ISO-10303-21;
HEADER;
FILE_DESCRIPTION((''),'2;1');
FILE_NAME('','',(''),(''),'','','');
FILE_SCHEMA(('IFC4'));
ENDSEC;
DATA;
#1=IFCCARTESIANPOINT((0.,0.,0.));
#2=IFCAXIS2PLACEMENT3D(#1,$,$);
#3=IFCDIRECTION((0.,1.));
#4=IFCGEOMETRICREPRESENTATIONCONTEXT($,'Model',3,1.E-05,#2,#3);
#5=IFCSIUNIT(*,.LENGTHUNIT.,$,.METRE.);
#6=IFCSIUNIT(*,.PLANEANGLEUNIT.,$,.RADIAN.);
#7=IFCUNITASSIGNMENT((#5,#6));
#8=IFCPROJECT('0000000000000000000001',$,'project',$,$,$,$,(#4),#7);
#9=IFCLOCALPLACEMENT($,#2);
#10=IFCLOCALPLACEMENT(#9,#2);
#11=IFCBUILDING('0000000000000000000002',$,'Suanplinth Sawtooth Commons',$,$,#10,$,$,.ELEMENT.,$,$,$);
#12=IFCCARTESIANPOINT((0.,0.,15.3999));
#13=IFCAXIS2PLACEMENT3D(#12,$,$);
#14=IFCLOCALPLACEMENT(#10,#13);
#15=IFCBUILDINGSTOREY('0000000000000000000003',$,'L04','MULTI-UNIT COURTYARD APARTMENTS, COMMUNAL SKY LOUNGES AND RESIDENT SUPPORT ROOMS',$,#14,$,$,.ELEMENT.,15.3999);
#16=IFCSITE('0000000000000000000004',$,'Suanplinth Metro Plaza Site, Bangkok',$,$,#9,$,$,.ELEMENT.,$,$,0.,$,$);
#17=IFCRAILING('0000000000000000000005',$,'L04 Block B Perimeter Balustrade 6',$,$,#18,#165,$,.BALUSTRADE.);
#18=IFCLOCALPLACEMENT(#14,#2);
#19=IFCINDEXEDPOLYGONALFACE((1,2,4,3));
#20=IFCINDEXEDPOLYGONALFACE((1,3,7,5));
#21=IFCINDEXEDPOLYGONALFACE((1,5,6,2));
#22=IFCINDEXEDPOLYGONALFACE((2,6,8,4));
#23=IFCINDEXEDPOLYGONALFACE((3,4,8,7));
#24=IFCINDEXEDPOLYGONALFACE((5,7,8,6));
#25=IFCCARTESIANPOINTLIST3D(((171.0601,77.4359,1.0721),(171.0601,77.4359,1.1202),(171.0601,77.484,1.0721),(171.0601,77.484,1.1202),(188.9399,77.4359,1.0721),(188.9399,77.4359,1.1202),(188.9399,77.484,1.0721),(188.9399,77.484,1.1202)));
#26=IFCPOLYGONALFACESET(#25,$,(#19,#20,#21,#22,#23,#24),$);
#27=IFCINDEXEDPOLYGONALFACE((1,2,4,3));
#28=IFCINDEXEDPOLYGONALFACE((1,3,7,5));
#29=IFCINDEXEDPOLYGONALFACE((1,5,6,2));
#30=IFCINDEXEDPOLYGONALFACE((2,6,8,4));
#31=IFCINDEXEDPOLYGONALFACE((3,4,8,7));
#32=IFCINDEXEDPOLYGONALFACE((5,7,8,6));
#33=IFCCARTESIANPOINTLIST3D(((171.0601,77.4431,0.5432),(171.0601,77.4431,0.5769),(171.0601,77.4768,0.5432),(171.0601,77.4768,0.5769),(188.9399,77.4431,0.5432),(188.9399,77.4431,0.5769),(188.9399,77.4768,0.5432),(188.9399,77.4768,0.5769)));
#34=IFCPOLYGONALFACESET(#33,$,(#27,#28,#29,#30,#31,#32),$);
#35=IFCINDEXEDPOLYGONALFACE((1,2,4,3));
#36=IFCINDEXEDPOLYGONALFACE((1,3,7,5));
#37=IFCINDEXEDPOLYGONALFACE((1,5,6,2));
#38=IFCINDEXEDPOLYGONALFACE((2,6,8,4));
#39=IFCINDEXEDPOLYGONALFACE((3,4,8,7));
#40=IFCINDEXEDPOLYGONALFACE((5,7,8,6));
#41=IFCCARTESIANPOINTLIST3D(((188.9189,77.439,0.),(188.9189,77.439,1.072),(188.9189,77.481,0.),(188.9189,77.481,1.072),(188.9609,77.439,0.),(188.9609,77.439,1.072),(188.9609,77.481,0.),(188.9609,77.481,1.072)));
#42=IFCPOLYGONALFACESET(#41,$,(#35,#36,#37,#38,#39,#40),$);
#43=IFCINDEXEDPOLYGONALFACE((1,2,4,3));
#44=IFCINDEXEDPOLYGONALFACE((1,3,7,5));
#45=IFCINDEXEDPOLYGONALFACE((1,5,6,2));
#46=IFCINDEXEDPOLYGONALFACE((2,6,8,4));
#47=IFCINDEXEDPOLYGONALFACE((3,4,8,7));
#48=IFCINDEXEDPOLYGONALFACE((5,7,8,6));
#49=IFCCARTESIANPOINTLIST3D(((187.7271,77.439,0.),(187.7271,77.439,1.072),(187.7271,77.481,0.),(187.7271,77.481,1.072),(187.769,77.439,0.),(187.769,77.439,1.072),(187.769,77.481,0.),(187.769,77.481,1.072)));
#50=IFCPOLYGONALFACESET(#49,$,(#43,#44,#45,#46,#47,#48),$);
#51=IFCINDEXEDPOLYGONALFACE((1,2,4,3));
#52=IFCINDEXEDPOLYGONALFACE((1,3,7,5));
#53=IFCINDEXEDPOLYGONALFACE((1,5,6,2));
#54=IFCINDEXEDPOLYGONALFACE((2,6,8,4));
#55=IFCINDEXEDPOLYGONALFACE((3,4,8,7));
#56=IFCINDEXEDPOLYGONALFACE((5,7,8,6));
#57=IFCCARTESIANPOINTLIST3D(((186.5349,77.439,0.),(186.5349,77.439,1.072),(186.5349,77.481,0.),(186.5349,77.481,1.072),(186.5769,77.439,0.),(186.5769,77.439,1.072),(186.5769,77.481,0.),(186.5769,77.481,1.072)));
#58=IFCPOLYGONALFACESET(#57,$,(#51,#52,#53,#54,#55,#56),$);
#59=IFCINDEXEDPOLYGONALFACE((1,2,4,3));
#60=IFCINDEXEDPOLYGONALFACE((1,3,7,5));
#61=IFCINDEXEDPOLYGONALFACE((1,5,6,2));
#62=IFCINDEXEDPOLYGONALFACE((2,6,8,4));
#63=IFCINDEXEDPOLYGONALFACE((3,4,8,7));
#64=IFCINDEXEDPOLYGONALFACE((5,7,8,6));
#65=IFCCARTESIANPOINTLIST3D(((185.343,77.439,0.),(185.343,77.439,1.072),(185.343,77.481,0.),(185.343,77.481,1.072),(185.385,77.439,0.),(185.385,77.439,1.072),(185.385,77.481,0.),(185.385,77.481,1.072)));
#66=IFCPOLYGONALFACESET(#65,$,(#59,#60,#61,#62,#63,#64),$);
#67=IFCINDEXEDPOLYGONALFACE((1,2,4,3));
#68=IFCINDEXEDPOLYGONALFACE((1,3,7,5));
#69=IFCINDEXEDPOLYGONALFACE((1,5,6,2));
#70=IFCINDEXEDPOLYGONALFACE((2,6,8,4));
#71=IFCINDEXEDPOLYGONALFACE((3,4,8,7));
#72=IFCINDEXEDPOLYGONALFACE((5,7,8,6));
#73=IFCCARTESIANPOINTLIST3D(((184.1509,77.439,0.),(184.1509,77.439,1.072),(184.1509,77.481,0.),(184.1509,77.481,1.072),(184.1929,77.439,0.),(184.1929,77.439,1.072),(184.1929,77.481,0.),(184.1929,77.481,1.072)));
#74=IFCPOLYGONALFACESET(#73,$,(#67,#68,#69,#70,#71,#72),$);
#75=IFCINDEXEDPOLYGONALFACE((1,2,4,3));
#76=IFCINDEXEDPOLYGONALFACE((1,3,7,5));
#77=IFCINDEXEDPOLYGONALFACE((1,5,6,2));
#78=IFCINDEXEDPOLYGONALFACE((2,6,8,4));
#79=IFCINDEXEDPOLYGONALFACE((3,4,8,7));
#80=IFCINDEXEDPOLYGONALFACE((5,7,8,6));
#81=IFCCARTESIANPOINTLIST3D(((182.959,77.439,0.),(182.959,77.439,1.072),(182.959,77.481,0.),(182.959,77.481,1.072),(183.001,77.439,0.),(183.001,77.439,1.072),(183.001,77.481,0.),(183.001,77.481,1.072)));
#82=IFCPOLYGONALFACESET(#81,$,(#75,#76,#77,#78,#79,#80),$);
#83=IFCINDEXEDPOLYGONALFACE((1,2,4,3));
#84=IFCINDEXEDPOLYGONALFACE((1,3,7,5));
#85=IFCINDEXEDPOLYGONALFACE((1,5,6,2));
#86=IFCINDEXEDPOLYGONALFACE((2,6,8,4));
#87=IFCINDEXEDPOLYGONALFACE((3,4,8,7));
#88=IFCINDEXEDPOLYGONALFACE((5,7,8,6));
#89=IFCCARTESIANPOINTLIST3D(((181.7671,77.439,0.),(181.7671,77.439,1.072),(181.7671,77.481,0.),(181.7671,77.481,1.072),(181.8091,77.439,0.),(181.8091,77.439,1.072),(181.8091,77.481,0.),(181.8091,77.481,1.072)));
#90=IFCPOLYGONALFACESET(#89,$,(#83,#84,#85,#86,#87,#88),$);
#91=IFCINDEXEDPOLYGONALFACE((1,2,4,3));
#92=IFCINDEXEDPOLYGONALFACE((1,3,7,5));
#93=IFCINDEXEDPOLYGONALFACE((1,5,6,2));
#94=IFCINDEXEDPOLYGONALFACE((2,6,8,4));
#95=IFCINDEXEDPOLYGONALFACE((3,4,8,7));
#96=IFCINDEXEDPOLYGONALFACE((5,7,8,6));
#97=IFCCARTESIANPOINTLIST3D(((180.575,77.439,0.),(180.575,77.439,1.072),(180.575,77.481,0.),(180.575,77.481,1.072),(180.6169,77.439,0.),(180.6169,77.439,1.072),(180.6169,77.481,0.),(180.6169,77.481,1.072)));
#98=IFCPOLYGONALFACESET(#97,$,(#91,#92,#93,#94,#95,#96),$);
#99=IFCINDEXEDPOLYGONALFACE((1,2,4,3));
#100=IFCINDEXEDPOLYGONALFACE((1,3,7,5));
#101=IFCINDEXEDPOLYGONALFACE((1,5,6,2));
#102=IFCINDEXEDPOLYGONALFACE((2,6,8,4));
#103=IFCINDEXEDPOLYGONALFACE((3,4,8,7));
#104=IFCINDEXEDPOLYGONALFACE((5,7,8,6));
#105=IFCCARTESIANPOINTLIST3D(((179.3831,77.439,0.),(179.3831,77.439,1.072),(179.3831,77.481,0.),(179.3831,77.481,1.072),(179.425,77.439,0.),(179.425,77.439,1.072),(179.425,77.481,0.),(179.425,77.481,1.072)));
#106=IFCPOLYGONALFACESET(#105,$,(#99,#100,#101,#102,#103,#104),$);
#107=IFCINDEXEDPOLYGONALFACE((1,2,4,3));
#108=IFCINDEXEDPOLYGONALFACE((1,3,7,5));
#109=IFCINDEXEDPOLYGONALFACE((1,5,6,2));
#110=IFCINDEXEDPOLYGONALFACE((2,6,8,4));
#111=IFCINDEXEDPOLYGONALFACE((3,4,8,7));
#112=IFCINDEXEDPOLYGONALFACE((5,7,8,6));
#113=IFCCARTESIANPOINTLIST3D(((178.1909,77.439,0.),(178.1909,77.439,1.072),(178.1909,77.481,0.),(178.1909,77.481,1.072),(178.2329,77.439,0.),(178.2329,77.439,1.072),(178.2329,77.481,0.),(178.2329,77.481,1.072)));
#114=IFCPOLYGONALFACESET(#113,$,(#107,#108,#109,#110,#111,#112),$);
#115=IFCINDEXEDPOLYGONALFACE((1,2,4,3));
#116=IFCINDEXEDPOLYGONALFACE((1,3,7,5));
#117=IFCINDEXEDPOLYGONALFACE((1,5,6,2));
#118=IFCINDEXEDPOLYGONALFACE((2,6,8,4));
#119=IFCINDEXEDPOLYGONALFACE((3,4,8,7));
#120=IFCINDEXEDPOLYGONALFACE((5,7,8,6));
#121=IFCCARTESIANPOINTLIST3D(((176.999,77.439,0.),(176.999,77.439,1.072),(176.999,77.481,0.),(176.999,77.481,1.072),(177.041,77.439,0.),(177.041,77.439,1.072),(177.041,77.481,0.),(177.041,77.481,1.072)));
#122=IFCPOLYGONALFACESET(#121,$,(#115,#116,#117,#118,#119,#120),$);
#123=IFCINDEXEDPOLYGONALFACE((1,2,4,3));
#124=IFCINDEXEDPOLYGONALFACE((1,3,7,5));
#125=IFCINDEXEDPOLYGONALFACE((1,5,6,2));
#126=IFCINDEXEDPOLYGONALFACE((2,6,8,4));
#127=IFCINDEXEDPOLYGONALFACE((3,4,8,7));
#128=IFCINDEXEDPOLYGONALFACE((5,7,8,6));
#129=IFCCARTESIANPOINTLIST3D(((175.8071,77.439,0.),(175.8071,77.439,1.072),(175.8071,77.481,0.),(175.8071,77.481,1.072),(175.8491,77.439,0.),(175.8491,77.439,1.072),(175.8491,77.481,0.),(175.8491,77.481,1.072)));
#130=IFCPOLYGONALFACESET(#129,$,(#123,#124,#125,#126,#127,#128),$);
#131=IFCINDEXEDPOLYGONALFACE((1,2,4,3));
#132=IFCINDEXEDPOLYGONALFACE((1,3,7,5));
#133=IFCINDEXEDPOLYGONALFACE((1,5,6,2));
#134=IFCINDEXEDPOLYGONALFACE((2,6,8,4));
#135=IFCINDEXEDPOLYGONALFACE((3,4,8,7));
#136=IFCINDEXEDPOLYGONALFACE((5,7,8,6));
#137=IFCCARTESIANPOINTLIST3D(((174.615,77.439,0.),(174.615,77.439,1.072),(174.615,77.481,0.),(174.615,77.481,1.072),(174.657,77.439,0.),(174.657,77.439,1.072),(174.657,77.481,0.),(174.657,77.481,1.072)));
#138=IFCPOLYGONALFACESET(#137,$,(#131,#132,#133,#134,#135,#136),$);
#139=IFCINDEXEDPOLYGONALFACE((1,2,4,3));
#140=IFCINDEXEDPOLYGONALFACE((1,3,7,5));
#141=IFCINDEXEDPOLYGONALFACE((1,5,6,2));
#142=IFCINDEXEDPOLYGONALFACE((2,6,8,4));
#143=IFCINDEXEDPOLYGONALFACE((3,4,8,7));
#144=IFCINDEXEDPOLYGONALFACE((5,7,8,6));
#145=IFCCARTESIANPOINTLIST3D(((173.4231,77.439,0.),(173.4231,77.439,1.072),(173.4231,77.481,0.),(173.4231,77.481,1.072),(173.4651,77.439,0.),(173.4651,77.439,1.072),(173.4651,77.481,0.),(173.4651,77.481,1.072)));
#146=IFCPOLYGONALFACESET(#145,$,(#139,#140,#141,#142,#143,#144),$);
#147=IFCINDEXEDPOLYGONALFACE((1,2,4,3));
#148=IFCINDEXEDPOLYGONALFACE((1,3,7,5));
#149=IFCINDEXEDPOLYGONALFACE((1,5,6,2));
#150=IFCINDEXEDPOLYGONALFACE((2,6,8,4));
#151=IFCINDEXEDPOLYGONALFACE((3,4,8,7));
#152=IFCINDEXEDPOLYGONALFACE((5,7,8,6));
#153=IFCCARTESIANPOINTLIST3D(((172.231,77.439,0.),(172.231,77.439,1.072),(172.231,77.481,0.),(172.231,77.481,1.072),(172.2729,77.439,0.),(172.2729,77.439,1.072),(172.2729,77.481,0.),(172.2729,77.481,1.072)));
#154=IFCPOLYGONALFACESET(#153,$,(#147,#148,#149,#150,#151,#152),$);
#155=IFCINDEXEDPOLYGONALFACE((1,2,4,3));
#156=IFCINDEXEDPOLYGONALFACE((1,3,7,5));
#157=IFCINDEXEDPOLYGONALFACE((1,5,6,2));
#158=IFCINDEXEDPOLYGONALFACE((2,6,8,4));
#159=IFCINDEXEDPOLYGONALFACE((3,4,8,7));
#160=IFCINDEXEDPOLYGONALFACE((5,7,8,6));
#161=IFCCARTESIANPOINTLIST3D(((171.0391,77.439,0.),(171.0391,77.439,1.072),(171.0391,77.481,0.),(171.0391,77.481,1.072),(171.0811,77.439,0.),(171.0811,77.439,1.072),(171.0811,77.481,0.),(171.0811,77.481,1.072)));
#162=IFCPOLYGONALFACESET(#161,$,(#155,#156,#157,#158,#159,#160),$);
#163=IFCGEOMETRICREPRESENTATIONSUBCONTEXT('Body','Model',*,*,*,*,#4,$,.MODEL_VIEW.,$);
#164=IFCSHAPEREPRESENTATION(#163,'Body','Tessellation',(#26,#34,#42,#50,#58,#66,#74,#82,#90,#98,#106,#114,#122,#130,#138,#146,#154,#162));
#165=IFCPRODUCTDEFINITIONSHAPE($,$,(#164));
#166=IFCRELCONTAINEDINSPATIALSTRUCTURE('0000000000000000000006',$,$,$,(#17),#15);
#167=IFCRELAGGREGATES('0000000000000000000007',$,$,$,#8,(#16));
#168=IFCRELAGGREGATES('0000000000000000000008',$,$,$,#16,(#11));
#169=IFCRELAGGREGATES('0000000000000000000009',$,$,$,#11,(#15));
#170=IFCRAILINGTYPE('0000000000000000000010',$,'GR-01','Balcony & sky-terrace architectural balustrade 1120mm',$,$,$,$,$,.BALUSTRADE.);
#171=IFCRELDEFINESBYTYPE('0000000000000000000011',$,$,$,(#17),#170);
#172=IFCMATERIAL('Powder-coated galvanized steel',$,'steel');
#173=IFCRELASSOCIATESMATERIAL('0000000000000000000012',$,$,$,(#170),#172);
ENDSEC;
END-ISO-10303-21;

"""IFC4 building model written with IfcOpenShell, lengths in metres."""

from ifc_helpers import new_model, si_unit, direction, frame, origin, origin_2d, place, context, subcontext, project, spatial, rectangle, extrude, material, type_object, element, save


model = new_model("IFC4")

# Units and contexts
model_context = context("Model", 3, precision=1e-05, world=origin(), true_north=direction((0.0, 1.0)))
body_context = subcontext(model_context, "Body", "Model", "MODEL_VIEW")
ifc_project = project(units=[si_unit("LENGTHUNIT", "METRE"), si_unit("PLANEANGLEUNIT", "RADIAN")], contexts=[model_context])

# Site, building, storey
site_placement = place(None, origin())
site = spatial("IfcSite", under=ifc_project, at=site_placement, Name="Suanplinth Metro Plaza Site, Bangkok", CompositionType="ELEMENT", RefElevation=0.0)
building_placement = place(site_placement, origin())
building = spatial("IfcBuilding", under=site, at=building_placement, Name="Suanplinth Sawtooth Commons", CompositionType="ELEMENT")
storey_placement = place(building_placement, frame((0.0, 0.0, 15.3999)))
storey = spatial("IfcBuildingStorey", under=building, at=storey_placement, Name="L04", Description="MULTI-UNIT COURTYARD APARTMENTS, COMMUNAL SKY LOUNGES AND RESIDENT SUPPORT ROOMS", CompositionType="ELEMENT", Elevation=15.3999)

# Railing
ifc_material_1 = material(Name="Powder-coated galvanized steel", Category="steel")
railing_type = type_object("IfcRailingType", Name="GR-01", Description="Balcony & sky-terrace architectural balustrade 1120mm", PredefinedType="BALUSTRADE", material=ifc_material_1)
railing_1_placement = place(storey_placement, frame((188.9399, 77.46, 0.0)))
element("IfcRailing", 1, at=railing_1_placement, inside=storey, type_object=railing_type, Name="L04 Block B Perimeter Balustrade 6", PredefinedType="BALUSTRADE", context=body_context, shape_type="SweptSolid", body=[
    extrude(rectangle(XDim=0.0481, YDim=0.0481, at=origin_2d()), frame((0.0, 0.0, 1.0962), z_axis=(-1.0, 0.0, 0.0), x_axis=(0.0, -1.0, 0.0)), (0.0, 0.0, 1.0), 17.8799),
    extrude(rectangle(XDim=0.0337, YDim=0.0337, at=origin_2d()), frame((0.0, 0.0, 0.5601), z_axis=(-1.0, 0.0, 0.0), x_axis=(0.0, -1.0, 0.0)), (0.0, 0.0, 1.0), 17.8799),
    extrude(rectangle(XDim=0.042, YDim=0.042, at=origin_2d()), origin(), (0.0, 0.0, 1.0), 1.072),
    extrude(rectangle(XDim=0.042, YDim=0.042, at=origin_2d()), frame((-1.1919, 0.0, 0.0)), (0.0, 0.0, 1.0), 1.072),
    extrude(rectangle(XDim=0.042, YDim=0.042, at=origin_2d()), frame((-2.384, 0.0, 0.0)), (0.0, 0.0, 1.0), 1.072),
    extrude(rectangle(XDim=0.042, YDim=0.042, at=origin_2d()), frame((-3.5759, 0.0, 0.0)), (0.0, 0.0, 1.0), 1.072),
    extrude(rectangle(XDim=0.042, YDim=0.042, at=origin_2d()), frame((-4.7681, 0.0, 0.0)), (0.0, 0.0, 1.0), 1.072),
    extrude(rectangle(XDim=0.042, YDim=0.042, at=origin_2d()), frame((-5.96, 0.0, 0.0)), (0.0, 0.0, 1.0), 1.072),
    extrude(rectangle(XDim=0.042, YDim=0.042, at=origin_2d()), frame((-7.1519, 0.0, 0.0)), (0.0, 0.0, 1.0), 1.072),
    extrude(rectangle(XDim=0.042, YDim=0.042, at=origin_2d()), frame((-8.344, 0.0, 0.0)), (0.0, 0.0, 1.0), 1.072),
    extrude(rectangle(XDim=0.042, YDim=0.042, at=origin_2d()), frame((-9.5359, 0.0, 0.0)), (0.0, 0.0, 1.0), 1.072),
    extrude(rectangle(XDim=0.042, YDim=0.042, at=origin_2d()), frame((-10.728, 0.0, 0.0)), (0.0, 0.0, 1.0), 1.072),
    extrude(rectangle(XDim=0.042, YDim=0.042, at=origin_2d()), frame((-11.9199, 0.0, 0.0)), (0.0, 0.0, 1.0), 1.072),
    extrude(rectangle(XDim=0.042, YDim=0.042, at=origin_2d()), frame((-13.1118, 0.0, 0.0)), (0.0, 0.0, 1.0), 1.072),
    extrude(rectangle(XDim=0.042, YDim=0.042, at=origin_2d()), frame((-14.304, 0.0, 0.0)), (0.0, 0.0, 1.0), 1.072),
    extrude(rectangle(XDim=0.042, YDim=0.042, at=origin_2d()), frame((-15.4958, 0.0, 0.0)), (0.0, 0.0, 1.0), 1.072),
    extrude(rectangle(XDim=0.042, YDim=0.042, at=origin_2d()), frame((-16.688, 0.0, 0.0)), (0.0, 0.0, 1.0), 1.072),
    extrude(rectangle(XDim=0.042, YDim=0.042, at=origin_2d()), frame((-17.8799, 0.0, 0.0)), (0.0, 0.0, 1.0), 1.072),
])

save(model, "model.ifc")
